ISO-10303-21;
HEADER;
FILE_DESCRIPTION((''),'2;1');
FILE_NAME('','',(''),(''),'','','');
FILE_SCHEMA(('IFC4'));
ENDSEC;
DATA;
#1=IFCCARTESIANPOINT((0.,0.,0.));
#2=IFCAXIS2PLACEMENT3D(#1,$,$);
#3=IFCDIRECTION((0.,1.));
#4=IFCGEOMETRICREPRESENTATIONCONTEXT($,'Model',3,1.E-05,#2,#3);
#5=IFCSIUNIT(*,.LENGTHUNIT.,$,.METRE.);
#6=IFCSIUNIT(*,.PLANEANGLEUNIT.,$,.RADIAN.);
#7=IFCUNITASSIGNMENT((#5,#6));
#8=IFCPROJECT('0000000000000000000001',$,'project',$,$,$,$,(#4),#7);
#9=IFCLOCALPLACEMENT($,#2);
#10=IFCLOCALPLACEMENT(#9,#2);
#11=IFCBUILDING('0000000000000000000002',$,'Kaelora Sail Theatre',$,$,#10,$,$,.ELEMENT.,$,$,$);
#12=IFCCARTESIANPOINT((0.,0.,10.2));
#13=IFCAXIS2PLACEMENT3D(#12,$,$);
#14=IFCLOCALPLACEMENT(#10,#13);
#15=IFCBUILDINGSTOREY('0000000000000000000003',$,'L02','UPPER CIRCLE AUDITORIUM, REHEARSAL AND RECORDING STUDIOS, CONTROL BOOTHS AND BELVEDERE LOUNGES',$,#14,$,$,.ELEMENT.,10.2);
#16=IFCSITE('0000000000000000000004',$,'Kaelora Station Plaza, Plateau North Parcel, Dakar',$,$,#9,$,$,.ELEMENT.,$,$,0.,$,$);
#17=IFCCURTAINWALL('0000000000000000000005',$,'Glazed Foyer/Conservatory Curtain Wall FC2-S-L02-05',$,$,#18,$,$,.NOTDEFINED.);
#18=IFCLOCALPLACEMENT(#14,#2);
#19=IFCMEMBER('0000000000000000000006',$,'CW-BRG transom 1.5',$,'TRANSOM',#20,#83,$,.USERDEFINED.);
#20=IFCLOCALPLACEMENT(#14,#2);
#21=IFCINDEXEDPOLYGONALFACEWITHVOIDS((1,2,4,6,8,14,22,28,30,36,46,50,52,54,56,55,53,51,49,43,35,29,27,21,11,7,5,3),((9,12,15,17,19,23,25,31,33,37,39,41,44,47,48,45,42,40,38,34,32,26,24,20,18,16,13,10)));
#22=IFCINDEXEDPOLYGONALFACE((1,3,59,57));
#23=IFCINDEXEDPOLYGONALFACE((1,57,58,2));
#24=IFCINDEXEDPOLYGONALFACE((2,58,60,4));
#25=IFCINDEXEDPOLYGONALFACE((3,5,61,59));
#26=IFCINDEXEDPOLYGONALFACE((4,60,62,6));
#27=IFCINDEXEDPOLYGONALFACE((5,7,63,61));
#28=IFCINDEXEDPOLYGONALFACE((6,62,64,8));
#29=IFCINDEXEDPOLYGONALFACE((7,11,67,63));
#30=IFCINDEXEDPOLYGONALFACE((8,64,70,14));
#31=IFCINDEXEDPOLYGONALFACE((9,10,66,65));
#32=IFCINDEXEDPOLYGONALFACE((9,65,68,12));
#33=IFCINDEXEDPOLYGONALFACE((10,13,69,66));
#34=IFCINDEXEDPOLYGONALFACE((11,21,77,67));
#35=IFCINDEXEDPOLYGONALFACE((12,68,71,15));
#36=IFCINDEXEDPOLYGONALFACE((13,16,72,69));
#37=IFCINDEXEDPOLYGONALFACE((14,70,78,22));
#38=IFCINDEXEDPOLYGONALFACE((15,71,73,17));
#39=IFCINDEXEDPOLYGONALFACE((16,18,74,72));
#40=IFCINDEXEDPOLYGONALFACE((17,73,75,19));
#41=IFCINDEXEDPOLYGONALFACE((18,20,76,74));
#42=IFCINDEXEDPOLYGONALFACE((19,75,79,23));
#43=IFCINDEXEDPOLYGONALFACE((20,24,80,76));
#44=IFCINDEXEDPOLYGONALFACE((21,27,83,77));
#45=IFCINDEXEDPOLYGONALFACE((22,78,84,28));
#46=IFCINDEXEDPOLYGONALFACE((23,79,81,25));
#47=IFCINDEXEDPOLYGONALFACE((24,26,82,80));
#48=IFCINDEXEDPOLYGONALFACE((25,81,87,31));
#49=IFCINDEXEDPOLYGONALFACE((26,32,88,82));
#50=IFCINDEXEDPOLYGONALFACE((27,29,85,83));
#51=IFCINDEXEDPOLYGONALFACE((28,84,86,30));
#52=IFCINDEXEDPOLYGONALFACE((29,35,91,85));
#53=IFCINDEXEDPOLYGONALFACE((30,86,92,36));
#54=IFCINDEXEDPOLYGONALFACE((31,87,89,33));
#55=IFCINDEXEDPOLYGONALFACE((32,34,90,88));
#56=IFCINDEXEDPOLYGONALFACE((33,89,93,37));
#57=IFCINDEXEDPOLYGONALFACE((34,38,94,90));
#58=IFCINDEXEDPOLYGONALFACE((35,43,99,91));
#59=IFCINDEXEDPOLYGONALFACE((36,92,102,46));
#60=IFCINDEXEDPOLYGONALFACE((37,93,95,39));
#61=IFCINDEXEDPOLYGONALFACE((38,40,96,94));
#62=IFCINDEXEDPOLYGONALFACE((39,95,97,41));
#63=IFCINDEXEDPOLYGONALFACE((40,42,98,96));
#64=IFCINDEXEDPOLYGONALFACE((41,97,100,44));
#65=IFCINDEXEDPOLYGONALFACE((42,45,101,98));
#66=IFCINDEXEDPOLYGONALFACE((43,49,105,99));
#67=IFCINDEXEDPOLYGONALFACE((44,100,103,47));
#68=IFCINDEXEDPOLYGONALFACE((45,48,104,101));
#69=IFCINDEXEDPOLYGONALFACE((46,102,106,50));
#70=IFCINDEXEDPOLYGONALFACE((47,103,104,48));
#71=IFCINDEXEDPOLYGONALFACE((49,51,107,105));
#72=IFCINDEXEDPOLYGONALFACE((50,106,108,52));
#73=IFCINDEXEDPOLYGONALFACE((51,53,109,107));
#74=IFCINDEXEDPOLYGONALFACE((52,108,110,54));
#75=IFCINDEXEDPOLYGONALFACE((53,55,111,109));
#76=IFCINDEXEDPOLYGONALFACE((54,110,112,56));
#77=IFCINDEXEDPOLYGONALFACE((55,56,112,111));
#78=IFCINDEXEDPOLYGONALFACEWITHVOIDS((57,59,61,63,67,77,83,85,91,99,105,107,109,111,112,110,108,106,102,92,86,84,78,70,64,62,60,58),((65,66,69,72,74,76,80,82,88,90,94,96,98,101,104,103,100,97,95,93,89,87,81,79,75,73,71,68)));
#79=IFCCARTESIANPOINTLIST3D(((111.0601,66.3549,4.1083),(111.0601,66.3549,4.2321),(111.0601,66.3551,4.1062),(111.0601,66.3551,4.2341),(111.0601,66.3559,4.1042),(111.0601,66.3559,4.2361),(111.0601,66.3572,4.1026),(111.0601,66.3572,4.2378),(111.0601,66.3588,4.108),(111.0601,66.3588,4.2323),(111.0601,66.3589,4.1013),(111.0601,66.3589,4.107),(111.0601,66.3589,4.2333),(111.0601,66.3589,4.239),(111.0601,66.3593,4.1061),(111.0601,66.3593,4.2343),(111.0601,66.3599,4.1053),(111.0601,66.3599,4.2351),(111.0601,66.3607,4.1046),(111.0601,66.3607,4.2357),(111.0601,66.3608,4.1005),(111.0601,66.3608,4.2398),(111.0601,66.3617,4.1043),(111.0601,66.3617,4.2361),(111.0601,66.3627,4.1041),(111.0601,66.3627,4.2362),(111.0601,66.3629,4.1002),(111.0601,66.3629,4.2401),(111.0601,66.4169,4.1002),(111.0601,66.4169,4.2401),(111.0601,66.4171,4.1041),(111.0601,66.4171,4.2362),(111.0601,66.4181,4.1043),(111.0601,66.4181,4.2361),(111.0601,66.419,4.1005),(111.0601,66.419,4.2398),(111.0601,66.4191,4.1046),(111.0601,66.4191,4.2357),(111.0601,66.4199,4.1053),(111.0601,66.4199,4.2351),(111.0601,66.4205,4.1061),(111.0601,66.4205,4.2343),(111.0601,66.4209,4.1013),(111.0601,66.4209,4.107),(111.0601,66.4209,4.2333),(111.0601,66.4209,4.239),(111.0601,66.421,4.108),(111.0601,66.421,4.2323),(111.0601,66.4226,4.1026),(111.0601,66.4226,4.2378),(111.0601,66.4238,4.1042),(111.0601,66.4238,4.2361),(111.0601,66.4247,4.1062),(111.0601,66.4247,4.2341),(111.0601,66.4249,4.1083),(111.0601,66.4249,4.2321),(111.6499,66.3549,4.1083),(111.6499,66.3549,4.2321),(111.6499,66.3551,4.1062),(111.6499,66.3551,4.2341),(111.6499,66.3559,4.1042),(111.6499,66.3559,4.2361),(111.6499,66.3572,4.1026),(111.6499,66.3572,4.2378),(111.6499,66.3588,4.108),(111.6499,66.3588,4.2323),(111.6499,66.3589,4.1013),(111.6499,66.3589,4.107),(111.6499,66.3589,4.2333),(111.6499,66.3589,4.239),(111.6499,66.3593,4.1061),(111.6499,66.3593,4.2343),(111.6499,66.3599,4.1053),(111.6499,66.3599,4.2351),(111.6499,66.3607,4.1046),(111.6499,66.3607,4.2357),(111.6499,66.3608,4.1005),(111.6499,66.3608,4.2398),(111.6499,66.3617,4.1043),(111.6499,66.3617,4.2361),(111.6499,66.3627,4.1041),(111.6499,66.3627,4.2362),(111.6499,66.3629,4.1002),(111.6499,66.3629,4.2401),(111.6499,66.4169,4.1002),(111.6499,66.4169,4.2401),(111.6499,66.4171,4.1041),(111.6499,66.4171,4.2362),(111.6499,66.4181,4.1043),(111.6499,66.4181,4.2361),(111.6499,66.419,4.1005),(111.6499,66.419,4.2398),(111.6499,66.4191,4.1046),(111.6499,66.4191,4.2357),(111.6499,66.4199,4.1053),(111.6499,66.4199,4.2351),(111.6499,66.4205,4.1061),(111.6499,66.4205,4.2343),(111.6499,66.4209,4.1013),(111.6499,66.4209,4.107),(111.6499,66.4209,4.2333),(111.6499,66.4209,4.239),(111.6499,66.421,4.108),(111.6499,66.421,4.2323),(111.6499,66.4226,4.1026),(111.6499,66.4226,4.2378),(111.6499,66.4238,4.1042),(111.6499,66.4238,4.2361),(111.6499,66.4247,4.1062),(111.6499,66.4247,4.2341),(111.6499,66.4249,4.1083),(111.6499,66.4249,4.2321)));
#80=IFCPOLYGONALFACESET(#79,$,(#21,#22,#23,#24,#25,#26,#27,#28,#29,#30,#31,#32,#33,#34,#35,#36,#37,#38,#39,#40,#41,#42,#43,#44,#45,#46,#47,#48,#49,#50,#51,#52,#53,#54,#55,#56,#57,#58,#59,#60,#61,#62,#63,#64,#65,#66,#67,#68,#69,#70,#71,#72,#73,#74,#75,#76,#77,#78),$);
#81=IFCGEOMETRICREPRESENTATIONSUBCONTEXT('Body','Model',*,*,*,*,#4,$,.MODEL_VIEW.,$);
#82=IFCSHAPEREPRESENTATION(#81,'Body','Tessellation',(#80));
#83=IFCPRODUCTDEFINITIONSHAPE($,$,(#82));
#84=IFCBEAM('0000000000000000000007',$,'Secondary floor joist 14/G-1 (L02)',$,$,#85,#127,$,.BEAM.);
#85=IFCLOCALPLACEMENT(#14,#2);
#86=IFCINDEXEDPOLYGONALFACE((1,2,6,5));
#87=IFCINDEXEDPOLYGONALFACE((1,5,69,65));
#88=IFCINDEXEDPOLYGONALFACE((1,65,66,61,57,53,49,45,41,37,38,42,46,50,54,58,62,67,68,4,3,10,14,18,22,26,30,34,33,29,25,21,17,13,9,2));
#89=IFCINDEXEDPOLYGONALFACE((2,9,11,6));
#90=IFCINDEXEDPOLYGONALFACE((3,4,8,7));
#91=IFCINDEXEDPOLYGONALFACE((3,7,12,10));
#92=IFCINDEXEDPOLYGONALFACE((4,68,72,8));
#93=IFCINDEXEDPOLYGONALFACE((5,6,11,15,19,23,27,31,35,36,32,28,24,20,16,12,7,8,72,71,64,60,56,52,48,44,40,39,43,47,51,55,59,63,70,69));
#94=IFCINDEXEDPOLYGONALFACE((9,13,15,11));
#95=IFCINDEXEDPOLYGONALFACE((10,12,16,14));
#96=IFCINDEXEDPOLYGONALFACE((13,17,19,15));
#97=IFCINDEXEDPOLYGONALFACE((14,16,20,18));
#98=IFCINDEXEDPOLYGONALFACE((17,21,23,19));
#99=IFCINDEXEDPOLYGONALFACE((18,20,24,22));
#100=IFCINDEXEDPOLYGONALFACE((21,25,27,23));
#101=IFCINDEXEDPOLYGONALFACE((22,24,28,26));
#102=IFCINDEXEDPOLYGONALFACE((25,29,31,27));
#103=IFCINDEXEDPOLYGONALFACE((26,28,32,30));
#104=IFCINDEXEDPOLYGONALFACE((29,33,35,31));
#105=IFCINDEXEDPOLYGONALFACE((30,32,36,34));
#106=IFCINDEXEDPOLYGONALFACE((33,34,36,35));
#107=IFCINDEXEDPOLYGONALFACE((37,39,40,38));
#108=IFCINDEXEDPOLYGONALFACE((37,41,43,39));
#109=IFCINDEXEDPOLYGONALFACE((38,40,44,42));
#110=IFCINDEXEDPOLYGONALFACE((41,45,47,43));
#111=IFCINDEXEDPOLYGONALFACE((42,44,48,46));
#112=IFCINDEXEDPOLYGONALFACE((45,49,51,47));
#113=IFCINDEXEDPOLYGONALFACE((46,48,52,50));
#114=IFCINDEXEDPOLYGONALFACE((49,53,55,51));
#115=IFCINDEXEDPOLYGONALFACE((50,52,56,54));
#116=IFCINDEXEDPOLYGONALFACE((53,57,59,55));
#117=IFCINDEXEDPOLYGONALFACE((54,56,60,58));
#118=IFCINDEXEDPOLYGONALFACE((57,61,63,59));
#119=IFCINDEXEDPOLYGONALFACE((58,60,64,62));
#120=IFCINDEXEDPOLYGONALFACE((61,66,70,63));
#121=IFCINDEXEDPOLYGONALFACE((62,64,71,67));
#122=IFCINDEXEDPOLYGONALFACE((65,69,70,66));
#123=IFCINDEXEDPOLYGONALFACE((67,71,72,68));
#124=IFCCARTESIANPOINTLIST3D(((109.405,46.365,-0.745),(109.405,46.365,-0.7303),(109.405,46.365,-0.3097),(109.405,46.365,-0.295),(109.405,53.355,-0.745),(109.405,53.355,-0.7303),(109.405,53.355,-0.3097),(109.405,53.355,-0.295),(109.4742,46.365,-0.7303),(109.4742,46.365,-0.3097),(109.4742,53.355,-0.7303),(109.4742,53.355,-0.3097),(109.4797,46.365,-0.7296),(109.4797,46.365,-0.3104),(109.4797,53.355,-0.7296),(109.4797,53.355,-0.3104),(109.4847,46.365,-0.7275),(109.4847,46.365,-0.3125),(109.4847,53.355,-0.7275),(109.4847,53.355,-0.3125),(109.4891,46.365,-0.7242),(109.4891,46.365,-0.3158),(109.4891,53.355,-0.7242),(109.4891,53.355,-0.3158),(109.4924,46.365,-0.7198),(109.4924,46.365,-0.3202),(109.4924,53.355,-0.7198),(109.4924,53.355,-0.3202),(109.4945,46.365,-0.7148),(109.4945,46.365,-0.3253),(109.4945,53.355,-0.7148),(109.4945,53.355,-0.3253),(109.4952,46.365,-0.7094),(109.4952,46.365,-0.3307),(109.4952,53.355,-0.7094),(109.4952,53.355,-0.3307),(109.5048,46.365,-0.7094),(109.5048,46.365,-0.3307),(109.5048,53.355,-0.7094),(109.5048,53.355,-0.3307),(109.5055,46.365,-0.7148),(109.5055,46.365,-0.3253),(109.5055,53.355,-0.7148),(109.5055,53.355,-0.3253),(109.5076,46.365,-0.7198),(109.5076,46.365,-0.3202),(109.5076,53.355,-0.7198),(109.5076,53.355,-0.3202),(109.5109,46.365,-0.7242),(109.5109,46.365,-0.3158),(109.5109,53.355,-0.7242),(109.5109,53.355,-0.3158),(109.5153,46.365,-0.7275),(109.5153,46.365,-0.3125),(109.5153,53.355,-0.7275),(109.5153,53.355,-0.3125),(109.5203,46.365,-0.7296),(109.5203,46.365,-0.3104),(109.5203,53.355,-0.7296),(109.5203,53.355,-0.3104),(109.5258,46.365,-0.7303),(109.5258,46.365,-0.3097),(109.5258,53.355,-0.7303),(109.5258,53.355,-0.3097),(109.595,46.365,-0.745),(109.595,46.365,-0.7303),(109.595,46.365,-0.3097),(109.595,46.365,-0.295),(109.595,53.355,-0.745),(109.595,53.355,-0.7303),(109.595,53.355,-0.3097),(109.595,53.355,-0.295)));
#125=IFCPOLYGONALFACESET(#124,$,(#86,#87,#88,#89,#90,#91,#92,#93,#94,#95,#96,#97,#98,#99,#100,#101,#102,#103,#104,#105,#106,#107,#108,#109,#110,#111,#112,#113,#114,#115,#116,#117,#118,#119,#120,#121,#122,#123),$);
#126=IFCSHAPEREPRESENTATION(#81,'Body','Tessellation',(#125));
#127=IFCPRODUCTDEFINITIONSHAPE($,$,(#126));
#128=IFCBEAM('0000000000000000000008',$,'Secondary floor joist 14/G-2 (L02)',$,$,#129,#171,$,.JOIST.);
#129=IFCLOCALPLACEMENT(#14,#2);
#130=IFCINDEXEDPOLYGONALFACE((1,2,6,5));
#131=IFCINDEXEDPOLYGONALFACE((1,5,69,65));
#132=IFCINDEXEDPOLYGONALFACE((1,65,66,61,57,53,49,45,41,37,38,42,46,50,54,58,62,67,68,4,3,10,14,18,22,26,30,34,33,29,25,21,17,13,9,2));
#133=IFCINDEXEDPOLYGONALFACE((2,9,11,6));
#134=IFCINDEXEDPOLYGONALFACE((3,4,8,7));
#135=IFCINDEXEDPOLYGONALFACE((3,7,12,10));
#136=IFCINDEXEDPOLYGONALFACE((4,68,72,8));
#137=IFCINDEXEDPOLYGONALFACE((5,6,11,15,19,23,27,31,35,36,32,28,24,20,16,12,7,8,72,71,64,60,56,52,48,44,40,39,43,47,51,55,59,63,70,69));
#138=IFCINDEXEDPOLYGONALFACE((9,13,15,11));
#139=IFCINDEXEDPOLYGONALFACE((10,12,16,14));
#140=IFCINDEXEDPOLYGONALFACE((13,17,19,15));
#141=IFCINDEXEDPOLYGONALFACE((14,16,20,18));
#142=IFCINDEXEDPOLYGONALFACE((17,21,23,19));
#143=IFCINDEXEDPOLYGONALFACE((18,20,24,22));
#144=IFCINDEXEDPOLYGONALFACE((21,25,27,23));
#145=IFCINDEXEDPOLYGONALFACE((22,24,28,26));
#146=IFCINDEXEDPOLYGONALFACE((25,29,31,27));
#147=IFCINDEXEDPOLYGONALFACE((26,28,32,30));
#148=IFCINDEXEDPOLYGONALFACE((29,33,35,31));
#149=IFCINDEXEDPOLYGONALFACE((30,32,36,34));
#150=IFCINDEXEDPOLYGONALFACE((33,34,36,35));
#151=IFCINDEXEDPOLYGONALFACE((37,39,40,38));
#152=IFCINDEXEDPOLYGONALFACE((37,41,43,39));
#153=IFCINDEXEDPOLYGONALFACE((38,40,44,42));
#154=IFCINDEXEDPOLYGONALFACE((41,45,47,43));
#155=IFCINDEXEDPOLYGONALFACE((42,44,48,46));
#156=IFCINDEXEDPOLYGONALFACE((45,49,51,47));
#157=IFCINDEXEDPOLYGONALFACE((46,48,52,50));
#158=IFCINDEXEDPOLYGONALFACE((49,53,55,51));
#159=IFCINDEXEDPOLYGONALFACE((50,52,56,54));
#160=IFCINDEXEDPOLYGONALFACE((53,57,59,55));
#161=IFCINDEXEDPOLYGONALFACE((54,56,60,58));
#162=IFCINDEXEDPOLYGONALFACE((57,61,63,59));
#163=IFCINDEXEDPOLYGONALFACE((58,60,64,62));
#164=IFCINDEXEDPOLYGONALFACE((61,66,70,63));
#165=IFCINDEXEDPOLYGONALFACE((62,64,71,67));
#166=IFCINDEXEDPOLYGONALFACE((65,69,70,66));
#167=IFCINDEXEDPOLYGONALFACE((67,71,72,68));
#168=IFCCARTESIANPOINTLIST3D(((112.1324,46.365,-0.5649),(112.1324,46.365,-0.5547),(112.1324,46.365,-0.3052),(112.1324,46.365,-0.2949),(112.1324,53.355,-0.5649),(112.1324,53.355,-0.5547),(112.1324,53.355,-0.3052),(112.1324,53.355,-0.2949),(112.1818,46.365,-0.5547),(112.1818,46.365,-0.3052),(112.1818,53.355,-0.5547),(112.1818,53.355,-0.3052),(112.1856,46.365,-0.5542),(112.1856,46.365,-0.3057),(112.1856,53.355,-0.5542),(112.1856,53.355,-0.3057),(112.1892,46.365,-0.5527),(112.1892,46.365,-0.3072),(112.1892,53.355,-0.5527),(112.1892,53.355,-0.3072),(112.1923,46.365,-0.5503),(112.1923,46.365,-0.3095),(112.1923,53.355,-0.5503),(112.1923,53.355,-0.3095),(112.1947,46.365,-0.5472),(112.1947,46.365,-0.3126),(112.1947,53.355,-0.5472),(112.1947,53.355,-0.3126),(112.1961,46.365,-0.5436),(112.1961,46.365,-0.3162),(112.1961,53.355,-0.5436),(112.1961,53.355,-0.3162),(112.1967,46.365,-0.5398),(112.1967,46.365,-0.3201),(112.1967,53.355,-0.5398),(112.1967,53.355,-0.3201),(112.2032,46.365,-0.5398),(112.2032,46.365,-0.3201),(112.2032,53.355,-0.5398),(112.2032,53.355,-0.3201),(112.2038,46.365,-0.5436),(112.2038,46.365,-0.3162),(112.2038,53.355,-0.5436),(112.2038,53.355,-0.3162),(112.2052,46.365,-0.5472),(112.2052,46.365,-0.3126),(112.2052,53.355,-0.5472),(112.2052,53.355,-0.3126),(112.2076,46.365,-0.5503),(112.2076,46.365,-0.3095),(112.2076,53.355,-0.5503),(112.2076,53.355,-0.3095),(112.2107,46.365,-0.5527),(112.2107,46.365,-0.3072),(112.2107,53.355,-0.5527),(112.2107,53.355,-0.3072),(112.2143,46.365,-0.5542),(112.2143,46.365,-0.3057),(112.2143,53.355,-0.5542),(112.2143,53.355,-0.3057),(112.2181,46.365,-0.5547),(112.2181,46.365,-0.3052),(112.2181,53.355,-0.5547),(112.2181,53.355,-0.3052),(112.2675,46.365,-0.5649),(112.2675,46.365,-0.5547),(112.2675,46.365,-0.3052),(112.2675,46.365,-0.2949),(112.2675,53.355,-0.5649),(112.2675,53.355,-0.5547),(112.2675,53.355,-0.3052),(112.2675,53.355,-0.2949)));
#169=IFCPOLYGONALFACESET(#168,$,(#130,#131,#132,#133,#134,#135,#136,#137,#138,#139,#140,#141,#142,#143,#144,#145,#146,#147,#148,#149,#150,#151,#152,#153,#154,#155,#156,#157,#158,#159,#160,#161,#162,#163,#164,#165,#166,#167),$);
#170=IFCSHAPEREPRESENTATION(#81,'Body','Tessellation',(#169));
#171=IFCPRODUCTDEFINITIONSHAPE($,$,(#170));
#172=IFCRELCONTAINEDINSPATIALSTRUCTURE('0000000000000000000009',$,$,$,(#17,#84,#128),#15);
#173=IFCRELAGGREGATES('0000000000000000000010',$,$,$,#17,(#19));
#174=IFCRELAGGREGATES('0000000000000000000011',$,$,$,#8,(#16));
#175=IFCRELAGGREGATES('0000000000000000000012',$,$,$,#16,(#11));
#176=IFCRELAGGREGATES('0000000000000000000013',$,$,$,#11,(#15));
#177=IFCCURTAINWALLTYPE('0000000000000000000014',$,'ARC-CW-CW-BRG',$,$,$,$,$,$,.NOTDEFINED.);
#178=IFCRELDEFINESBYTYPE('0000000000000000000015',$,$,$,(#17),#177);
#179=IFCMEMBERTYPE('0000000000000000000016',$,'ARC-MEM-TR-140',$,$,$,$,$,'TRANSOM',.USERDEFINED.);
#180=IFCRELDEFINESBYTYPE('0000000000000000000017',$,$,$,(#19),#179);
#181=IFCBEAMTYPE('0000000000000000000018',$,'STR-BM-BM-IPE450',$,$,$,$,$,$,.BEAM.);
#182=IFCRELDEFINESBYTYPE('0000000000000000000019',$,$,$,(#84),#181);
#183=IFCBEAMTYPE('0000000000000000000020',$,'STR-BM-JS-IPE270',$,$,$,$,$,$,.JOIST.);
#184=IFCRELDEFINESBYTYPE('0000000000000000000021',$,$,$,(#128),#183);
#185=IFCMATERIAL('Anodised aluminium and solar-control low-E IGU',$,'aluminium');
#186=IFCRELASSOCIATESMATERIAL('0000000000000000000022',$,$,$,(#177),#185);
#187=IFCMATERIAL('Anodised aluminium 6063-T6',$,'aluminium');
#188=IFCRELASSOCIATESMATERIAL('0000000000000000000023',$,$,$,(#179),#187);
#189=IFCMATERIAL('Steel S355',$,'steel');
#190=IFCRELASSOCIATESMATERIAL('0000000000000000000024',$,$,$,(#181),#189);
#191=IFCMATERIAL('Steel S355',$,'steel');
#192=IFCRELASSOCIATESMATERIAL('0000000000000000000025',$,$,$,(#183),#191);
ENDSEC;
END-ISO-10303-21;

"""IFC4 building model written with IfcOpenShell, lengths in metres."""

from ifc_helpers import new_model, si_unit, direction, frame, origin, origin_2d, place, context, subcontext, project, spatial, hollow_rectangle, i_section, extrude, material, material_profile, profile_set, type_object, element, aggregate, save


model = new_model("IFC4")

# Units and contexts
model_context = context("Model", 3, precision=1e-05, world=origin(), true_north=direction((0.0, 1.0)))
body_context = subcontext(model_context, "Body", "Model", "MODEL_VIEW")
ifc_project = project(units=[si_unit("LENGTHUNIT", "METRE"), si_unit("PLANEANGLEUNIT", "RADIAN")], contexts=[model_context])

# Site, building, storey
site_placement = place(None, origin())
site = spatial("IfcSite", under=ifc_project, at=site_placement, Name="Kaelora Station Plaza, Plateau North Parcel, Dakar", CompositionType="ELEMENT", RefElevation=0.0)
building_placement = place(site_placement, origin())
building = spatial("IfcBuilding", under=site, at=building_placement, Name="Kaelora Sail Theatre", CompositionType="ELEMENT")
storey_placement = place(building_placement, frame((0.0, 0.0, 10.2)))
storey = spatial("IfcBuildingStorey", under=building, at=storey_placement, Name="L02", Description="UPPER CIRCLE AUDITORIUM, REHEARSAL AND RECORDING STUDIOS, CONTROL BOOTHS AND BELVEDERE LOUNGES", CompositionType="ELEMENT", Elevation=10.2)

# Shared definitions
ifc_material_1 = material(Name="Anodised aluminium and solar-control low-E IGU", Category="aluminium")
curtain_wall_type = type_object("IfcCurtainWallType", Name="ARC-CW-CW-BRG", PredefinedType="NOTDEFINED", material=ifc_material_1)

# Curtain wall
curtain_wall_1_placement = place(storey_placement, origin())
curtain_wall_1 = element("IfcCurtainWall", 1, at=curtain_wall_1_placement, inside=storey, type_object=curtain_wall_type, Name="Glazed Foyer/Conservatory Curtain Wall FC2-S-L02-05", PredefinedType="NOTDEFINED")

# Member
ifc_material_2 = material(Name="Anodised aluminium 6063-T6", Category="aluminium")
ifc_material_profile_1 = material_profile(ifc_material_2, hollow_rectangle(XDim=0.0701, YDim=0.1399, WallThickness=0.0039, InnerFilletRadius=0.0039, OuterFilletRadius=0.0081, at=origin_2d()), Name="ALU-TRAN 70x140x4")
ifc_profile_set_1 = profile_set([ifc_material_profile_1], Name="Anodised aluminium 6063-T6")
member_type_1 = type_object("IfcMemberType", Name="ARC-MEM-TR-140", ElementType="TRANSOM", PredefinedType="USERDEFINED", material=ifc_profile_set_1)
member_1_placement = place(storey_placement, frame((111.0601, 66.3899, 4.1702), z_axis=(1.0, 0.0, 0.0), x_axis=(0.0, 1.0, 0.0)))
member_1 = element("IfcMember", 2, at=member_1_placement, type_object=member_type_1, Name="CW-BRG transom 1.5", ObjectType="TRANSOM", PredefinedType="USERDEFINED", context=body_context, shape_type="SweptSolid", body=[
    extrude(hollow_rectangle(XDim=0.0701, YDim=0.1399, WallThickness=0.0039, InnerFilletRadius=0.0039, OuterFilletRadius=0.0081, at=origin_2d()), origin(), (0.0, 0.0, 1.0), 0.5898),
])

# Beams
ifc_material_3 = material(Name="Steel S355", Category="steel")
ifc_material_profile_2 = material_profile(ifc_material_3, i_section(OverallWidth=0.1899, OverallDepth=0.45, WebThickness=0.0095, FlangeThickness=0.0146, FilletRadius=0.021, at=origin_2d()), Name="IPE 450")
ifc_profile_set_2 = profile_set([ifc_material_profile_2], Name="Steel S355")
beam_type_1 = type_object("IfcBeamType", Name="STR-BM-BM-IPE450", PredefinedType="BEAM", material=ifc_profile_set_2)
beam_1_placement = place(storey_placement, frame((109.5, 46.365, -0.52), z_axis=(0.0, 1.0, 0.0), x_axis=(-1.0, 0.0, 0.0)))
element("IfcBeam", 3, at=beam_1_placement, inside=storey, type_object=beam_type_1, Name="Secondary floor joist 14/G-1 (L02)", PredefinedType="BEAM", context=body_context, shape_type="SweptSolid", body=[
    extrude(i_section(OverallWidth=0.1899, OverallDepth=0.45, WebThickness=0.0095, FlangeThickness=0.0146, FilletRadius=0.021, at=origin_2d()), origin(), (0.0, 0.0, 1.0), 6.99),
])
ifc_material_4 = material(Name="Steel S355", Category="steel")
ifc_material_profile_3 = material_profile(ifc_material_4, i_section(OverallWidth=0.135, OverallDepth=0.27, WebThickness=0.0066, FlangeThickness=0.0103, FilletRadius=0.0149, at=origin_2d()), Name="IPE 270")
ifc_profile_set_3 = profile_set([ifc_material_profile_3], Name="Steel S355")
beam_type_2 = type_object("IfcBeamType", Name="STR-BM-JS-IPE270", PredefinedType="JOIST", material=ifc_profile_set_3)
for number, where, z_axis, x_axis, name in (
    (4, (112.2, 46.365, -0.4299), (0.0, 1.0, 0.0), (-1.0, 0.0, 0.0), "Secondary floor joist 14/G-2 (L02)"),
):
    element("IfcBeam", number, at=place(storey_placement, frame(where, z_axis=z_axis, x_axis=x_axis)), inside=storey, type_object=beam_type_2, Name=name, PredefinedType="JOIST", context=body_context, shape_type="SweptSolid", body=[
        extrude(i_section(OverallWidth=0.135, OverallDepth=0.27, WebThickness=0.0066, FlangeThickness=0.0103, FilletRadius=0.0149, at=origin_2d()), origin(), (0.0, 0.0, 1.0), 6.99),
    ])

aggregate(curtain_wall_1, [member_1])

save(model, "model.ifc")
